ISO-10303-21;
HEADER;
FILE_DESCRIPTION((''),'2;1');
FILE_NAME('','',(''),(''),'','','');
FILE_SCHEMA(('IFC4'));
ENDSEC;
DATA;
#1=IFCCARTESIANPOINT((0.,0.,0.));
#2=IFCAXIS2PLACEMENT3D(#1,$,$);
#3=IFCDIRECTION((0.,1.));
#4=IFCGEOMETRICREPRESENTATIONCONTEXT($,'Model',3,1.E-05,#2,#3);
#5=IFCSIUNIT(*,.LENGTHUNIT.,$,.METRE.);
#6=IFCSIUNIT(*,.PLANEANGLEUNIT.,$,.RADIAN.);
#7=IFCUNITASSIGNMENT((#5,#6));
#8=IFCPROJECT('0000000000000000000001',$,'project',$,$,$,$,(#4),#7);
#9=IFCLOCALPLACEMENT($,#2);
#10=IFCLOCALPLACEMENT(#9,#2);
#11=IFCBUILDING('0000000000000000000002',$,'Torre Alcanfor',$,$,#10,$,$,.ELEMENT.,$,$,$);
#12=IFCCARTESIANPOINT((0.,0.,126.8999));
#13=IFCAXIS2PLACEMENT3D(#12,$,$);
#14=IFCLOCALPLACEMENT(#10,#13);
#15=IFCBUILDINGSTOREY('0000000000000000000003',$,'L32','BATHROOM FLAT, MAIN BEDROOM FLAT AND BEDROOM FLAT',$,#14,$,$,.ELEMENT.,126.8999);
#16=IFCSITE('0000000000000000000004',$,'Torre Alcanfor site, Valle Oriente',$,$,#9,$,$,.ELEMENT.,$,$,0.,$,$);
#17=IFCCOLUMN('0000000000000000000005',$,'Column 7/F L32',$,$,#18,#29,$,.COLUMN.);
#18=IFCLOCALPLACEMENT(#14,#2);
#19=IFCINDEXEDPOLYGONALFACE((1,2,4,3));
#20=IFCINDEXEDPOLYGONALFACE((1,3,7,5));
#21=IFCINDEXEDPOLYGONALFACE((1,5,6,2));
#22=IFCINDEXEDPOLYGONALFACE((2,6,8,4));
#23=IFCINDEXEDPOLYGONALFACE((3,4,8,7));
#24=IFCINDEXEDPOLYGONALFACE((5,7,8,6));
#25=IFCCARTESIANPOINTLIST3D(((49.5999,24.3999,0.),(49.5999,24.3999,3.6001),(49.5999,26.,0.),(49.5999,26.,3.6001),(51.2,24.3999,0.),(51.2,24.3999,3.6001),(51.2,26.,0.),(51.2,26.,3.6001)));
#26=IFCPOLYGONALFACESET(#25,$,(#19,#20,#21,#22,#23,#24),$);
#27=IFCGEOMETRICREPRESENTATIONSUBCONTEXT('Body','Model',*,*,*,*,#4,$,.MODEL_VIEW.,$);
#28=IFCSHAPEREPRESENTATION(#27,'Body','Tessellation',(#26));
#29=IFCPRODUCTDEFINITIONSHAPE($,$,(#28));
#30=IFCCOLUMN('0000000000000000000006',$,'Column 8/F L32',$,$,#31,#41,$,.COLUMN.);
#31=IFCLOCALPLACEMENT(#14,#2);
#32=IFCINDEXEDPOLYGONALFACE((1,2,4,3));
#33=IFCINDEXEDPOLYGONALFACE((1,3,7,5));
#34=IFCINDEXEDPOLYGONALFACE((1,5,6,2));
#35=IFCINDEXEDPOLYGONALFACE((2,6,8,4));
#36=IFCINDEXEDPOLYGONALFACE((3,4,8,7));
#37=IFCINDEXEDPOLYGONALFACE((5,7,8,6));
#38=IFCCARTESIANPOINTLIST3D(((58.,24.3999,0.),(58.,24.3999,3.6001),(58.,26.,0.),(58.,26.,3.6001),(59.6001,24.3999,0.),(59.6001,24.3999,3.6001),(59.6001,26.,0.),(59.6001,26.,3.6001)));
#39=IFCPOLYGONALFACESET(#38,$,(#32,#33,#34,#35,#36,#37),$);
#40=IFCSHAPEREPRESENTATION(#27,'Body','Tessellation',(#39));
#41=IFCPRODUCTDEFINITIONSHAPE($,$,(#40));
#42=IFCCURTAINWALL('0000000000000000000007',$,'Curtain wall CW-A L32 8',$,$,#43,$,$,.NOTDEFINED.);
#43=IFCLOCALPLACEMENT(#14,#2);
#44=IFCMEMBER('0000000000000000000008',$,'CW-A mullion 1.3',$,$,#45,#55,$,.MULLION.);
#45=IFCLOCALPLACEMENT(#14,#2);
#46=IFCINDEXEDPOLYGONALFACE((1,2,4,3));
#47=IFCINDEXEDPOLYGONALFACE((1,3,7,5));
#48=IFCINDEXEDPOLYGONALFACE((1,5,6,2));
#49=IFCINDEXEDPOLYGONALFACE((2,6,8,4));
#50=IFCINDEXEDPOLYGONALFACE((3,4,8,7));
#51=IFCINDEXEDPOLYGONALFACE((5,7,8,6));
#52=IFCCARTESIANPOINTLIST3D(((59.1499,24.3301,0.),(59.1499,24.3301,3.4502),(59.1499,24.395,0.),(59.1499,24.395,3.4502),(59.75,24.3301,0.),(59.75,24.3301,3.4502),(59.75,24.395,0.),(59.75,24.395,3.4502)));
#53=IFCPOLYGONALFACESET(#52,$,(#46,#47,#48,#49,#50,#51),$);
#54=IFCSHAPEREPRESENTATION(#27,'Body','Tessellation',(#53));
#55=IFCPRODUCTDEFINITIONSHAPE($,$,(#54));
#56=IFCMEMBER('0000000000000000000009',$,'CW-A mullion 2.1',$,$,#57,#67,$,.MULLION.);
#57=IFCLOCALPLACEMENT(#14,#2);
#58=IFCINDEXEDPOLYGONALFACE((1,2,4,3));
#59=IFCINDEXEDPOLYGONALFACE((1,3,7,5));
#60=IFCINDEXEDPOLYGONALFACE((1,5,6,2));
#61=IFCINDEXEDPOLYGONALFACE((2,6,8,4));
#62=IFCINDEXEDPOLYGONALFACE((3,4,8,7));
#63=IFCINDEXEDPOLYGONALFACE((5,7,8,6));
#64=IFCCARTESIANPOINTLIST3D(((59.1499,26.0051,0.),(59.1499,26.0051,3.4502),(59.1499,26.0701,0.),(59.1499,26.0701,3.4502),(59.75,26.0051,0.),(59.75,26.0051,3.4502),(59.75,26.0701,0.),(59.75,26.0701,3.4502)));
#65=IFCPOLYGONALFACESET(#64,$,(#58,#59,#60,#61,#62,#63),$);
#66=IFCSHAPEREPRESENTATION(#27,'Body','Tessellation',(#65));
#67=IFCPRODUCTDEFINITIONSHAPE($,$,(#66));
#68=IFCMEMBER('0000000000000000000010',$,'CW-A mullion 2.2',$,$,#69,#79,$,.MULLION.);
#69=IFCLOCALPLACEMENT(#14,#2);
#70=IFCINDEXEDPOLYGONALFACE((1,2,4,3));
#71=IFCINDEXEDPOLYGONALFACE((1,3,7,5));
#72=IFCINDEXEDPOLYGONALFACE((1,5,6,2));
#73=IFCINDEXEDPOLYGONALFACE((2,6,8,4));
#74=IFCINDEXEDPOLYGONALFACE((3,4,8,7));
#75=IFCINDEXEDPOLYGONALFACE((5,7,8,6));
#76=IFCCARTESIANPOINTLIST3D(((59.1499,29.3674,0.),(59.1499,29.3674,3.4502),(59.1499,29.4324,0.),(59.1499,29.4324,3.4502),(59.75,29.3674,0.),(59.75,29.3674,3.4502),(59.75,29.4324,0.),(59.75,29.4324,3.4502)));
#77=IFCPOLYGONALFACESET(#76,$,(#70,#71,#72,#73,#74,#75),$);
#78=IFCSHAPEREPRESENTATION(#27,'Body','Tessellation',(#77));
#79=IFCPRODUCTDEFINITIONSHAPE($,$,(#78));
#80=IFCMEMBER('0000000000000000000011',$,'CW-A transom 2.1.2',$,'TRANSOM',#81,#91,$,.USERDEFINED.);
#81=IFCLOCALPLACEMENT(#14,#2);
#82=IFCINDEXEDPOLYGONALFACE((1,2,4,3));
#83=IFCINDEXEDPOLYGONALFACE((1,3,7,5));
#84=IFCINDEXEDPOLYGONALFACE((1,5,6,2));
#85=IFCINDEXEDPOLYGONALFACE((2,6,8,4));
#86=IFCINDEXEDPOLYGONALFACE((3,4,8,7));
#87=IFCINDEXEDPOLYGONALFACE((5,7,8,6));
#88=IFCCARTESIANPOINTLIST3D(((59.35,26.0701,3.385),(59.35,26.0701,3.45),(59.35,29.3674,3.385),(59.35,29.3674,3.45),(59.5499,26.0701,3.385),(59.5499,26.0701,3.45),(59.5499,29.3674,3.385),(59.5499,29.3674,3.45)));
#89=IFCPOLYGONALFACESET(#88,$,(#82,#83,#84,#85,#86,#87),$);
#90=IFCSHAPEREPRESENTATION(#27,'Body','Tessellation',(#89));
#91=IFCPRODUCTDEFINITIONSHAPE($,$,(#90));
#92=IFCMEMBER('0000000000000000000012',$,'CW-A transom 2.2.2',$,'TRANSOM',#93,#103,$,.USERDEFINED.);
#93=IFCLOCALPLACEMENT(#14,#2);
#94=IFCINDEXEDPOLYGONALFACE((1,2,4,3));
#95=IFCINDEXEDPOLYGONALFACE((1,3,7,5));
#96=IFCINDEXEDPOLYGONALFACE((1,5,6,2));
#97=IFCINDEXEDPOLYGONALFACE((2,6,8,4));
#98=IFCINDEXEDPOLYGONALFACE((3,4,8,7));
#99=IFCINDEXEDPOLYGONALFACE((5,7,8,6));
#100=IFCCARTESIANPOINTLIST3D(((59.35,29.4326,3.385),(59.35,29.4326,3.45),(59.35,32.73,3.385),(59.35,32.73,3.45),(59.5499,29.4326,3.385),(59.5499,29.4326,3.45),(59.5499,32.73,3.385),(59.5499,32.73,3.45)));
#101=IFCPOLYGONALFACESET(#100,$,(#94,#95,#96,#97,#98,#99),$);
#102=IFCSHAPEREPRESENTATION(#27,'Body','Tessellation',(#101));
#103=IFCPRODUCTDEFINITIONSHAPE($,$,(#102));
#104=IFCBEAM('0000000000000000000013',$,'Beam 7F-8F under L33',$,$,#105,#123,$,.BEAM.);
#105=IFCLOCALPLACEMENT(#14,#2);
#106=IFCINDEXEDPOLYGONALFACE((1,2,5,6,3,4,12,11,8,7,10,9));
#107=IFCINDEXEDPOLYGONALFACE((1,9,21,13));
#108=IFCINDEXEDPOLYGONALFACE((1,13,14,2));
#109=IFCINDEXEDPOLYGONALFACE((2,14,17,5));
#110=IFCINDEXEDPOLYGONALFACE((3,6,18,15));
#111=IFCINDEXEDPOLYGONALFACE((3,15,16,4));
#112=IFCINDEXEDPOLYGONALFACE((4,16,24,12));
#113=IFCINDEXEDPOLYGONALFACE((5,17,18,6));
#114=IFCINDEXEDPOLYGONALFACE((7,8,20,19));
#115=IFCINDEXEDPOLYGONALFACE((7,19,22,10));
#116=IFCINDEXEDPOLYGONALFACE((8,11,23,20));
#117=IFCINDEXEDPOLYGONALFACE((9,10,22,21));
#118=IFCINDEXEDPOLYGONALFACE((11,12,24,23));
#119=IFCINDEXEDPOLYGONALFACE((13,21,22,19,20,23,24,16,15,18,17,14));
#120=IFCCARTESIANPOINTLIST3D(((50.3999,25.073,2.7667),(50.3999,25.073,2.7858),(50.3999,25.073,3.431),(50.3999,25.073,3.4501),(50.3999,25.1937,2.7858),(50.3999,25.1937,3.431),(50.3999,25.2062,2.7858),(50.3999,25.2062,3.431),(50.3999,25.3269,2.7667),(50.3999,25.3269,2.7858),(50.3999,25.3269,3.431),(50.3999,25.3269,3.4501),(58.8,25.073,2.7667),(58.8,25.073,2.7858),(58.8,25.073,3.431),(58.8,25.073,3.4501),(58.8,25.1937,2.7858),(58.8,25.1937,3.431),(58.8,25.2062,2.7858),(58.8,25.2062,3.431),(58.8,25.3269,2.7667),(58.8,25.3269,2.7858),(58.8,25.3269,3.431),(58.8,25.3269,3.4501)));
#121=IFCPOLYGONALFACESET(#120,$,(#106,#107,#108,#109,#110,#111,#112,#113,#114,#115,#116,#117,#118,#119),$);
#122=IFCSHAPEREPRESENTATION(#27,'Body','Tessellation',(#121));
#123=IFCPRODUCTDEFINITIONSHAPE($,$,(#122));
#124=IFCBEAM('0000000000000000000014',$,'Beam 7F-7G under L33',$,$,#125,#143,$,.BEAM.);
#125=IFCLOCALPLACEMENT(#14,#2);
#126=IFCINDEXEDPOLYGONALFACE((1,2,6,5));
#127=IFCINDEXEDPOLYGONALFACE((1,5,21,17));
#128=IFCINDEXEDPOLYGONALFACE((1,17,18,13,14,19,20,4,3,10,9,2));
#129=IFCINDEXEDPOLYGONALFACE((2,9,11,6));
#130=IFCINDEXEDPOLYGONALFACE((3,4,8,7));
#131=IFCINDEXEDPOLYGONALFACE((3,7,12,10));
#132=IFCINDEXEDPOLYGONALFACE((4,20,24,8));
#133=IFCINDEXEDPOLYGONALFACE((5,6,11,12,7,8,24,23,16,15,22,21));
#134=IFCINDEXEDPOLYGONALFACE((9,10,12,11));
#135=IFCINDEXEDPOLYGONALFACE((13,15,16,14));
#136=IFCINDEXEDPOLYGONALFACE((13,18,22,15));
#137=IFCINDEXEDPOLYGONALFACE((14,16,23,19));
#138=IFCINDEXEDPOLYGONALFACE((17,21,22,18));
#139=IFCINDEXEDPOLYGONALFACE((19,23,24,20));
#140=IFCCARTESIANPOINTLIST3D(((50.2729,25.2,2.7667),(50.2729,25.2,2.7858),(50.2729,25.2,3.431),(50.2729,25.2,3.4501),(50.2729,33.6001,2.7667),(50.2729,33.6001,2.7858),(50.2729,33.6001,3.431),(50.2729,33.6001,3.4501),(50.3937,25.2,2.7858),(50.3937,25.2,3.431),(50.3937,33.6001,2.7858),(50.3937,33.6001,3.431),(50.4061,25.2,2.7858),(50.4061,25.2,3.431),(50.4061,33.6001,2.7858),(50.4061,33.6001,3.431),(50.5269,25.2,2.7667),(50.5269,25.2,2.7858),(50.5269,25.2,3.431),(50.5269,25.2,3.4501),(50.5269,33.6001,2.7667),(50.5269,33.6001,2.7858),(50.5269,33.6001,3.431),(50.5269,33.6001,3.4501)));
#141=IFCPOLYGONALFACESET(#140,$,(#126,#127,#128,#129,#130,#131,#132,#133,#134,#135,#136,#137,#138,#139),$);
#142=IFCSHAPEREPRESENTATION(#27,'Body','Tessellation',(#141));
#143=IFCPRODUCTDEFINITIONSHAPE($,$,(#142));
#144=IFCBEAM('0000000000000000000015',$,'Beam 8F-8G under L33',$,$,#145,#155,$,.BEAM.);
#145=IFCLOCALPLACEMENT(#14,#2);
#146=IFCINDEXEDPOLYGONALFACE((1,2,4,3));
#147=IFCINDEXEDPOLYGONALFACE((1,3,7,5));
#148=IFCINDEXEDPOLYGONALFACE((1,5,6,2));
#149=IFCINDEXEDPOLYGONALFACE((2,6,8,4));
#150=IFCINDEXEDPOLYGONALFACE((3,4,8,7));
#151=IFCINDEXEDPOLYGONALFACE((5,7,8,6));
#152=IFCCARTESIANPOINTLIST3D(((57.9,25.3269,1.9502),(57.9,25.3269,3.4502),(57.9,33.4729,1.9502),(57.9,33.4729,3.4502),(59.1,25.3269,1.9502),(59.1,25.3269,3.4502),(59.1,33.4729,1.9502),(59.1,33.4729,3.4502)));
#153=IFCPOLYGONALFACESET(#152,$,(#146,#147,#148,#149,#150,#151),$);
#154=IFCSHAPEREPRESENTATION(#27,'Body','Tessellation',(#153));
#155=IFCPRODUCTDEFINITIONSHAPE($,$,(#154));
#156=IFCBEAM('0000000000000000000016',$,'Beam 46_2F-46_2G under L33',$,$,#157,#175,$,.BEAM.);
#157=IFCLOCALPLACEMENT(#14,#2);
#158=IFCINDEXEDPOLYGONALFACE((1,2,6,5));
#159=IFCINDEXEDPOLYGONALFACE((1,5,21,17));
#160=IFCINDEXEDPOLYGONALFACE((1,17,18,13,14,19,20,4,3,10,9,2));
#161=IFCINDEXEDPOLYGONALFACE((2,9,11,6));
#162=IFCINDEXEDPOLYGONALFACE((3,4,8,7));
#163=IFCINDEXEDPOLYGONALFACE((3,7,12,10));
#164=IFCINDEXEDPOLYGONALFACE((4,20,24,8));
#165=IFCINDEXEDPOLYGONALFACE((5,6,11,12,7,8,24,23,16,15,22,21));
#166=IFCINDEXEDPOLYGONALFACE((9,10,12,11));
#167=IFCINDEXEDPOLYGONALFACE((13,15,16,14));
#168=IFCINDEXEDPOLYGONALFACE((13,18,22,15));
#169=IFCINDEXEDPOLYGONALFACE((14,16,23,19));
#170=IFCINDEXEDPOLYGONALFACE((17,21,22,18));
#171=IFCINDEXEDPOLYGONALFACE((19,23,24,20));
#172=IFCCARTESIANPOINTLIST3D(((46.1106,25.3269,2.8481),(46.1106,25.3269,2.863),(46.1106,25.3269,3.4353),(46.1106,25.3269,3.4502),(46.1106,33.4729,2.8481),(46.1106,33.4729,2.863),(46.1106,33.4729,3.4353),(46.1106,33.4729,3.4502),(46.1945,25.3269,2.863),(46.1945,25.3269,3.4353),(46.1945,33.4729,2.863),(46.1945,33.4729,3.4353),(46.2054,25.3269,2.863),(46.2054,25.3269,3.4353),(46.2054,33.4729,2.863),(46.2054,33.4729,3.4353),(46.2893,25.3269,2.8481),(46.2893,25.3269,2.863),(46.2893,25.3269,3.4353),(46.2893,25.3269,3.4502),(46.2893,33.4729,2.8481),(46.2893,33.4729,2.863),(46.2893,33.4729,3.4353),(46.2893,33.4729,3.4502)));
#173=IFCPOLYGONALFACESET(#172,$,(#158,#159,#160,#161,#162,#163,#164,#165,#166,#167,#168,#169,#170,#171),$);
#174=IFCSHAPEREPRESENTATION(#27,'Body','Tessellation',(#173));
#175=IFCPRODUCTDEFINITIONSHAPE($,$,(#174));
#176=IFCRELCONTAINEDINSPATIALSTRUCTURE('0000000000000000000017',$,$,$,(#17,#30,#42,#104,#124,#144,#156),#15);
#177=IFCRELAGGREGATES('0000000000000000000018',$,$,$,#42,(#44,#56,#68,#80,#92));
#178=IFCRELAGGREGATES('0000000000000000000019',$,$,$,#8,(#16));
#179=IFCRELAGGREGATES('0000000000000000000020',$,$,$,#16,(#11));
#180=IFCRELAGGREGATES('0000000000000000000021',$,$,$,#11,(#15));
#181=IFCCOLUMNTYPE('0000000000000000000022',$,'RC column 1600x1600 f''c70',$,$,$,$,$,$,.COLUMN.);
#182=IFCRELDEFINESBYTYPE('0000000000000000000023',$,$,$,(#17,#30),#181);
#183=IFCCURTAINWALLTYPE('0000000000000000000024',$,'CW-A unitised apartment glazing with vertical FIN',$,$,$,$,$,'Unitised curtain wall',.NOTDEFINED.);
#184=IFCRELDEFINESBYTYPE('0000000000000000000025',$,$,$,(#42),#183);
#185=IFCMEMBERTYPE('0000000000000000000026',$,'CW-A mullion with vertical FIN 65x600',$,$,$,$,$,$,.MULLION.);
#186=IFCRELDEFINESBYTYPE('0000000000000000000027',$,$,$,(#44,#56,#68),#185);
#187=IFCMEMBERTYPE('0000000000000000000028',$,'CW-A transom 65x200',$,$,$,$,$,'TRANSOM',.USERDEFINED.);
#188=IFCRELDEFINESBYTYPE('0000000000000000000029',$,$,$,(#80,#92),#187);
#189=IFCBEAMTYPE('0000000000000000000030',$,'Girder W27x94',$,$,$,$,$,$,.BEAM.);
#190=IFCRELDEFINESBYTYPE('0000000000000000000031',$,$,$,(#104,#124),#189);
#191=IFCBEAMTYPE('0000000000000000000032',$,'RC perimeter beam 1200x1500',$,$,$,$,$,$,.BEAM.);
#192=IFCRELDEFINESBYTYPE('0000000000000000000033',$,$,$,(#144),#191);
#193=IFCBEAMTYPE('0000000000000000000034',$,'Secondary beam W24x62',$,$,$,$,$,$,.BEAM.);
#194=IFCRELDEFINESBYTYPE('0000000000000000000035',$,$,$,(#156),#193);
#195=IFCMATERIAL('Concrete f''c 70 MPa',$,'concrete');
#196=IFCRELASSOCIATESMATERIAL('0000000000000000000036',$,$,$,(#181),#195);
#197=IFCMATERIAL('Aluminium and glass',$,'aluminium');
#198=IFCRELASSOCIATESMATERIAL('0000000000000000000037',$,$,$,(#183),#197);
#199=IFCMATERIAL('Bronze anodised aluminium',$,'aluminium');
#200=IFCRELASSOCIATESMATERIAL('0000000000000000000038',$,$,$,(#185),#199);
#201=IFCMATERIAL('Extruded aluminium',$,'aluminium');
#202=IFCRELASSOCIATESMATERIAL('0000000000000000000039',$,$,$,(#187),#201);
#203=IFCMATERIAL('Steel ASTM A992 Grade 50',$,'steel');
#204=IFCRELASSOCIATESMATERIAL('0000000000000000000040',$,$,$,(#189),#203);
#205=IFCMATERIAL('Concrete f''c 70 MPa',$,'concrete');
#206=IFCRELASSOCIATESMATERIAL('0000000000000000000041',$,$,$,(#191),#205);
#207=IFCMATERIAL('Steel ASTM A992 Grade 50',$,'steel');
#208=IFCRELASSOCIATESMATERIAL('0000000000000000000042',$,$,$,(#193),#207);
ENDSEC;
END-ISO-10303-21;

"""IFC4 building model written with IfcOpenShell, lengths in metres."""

from ifc_helpers import new_model, si_unit, direction, frame, origin, origin_2d, place, context, subcontext, project, spatial, rectangle, i_section, extrude, material, material_profile, profile_set, type_object, element, aggregate, save


model = new_model("IFC4")

# Units and contexts
model_context = context("Model", 3, precision=1e-05, world=origin(), true_north=direction((0.0, 1.0)))
body_context = subcontext(model_context, "Body", "Model", "MODEL_VIEW")
ifc_project = project(units=[si_unit("LENGTHUNIT", "METRE"), si_unit("PLANEANGLEUNIT", "RADIAN")], contexts=[model_context])

# Site, building, storey
site_placement = place(None, origin())
site = spatial("IfcSite", under=ifc_project, at=site_placement, Name="Torre Alcanfor site, Valle Oriente", CompositionType="ELEMENT", RefElevation=0.0)
building_placement = place(site_placement, origin())
building = spatial("IfcBuilding", under=site, at=building_placement, Name="Torre Alcanfor", CompositionType="ELEMENT")
storey_placement = place(building_placement, frame((0.0, 0.0, 126.8999)))
storey = spatial("IfcBuildingStorey", under=building, at=storey_placement, Name="L32", Description="BATHROOM FLAT, MAIN BEDROOM FLAT AND BEDROOM FLAT", CompositionType="ELEMENT", Elevation=126.8999)

# Columns
ifc_material_1 = material(Name="Concrete f'c 70 MPa", Category="concrete")
ifc_material_profile_1 = material_profile(ifc_material_1, rectangle(XDim=1.6001, YDim=1.6001, at=origin_2d()), Name="1600x1600")
ifc_profile_set_1 = profile_set([ifc_material_profile_1], Name="Concrete f'c 70 MPa")
column_type = type_object("IfcColumnType", Name="RC column 1600x1600 f'c70", PredefinedType="COLUMN", material=ifc_profile_set_1)
for number, where, z_axis, x_axis, name in (
    (1, (50.3999, 25.2, 0.0), (0.0, 0.0, 1.0), (1.0, 0.0, 0.0), "Column 7/F L32"),
    (2, (58.8, 25.2, 0.0), (0.0, 0.0, 1.0), (1.0, 0.0, 0.0), "Column 8/F L32"),
):
    element("IfcColumn", number, at=place(storey_placement, frame(where, z_axis=z_axis, x_axis=x_axis)), inside=storey, type_object=column_type, Name=name, PredefinedType="COLUMN", context=body_context, shape_type="SweptSolid", body=[
        extrude(rectangle(XDim=1.6001, YDim=1.6001, at=origin_2d()), origin(), (0.0, 0.0, 1.0), 3.6001),
    ])

# Curtain wall, members
ifc_material_2 = material(Name="Aluminium and glass", Category="aluminium")
curtain_wall_type = type_object("IfcCurtainWallType", Name="CW-A unitised apartment glazing with vertical FIN", ElementType="Unitised curtain wall", PredefinedType="NOTDEFINED", material=ifc_material_2)
curtain_wall_placement = place(storey_placement, origin())
curtain_wall = element("IfcCurtainWall", 3, at=curtain_wall_placement, inside=storey, type_object=curtain_wall_type, Name="Curtain wall CW-A L32 8", PredefinedType="NOTDEFINED")
ifc_material_3 = material(Name="Bronze anodised aluminium", Category="aluminium")
ifc_material_profile_2 = material_profile(ifc_material_3, rectangle(XDim=0.6001, YDim=0.0649, at=origin_2d()), Name="CW-A mullion 65x600")
ifc_profile_set_2 = profile_set([ifc_material_profile_2], Name="Bronze anodised aluminium")
member_type_1 = type_object("IfcMemberType", Name="CW-A mullion with vertical FIN 65x600", PredefinedType="MULLION", material=ifc_profile_set_2)
member_1_placement = place(storey_placement, frame((59.45, 24.3625, 0.0), z_axis=(0.0, 0.0, 1.0), x_axis=(-1.0, 0.0, 0.0)))
member_1 = element("IfcMember", 4, at=member_1_placement, type_object=member_type_1, Name="CW-A mullion 1.3", PredefinedType="MULLION", context=body_context, shape_type="SweptSolid", body=[
    extrude(rectangle(XDim=0.6001, YDim=0.0649, at=origin_2d()), origin(), (0.0, 0.0, 1.0), 3.4502),
])
member_2_placement = place(storey_placement, frame((59.45, 26.0376, 0.0), z_axis=(0.0, 0.0, 1.0), x_axis=(-1.0, 0.0, 0.0)))
member_2 = element("IfcMember", 5, at=member_2_placement, type_object=member_type_1, Name="CW-A mullion 2.1", PredefinedType="MULLION", context=body_context, shape_type="SweptSolid", body=[
    extrude(rectangle(XDim=0.6001, YDim=0.0649, at=origin_2d()), origin(), (0.0, 0.0, 1.0), 3.4502),
])
member_3_placement = place(storey_placement, frame((59.45, 29.3999, 0.0), z_axis=(0.0, 0.0, 1.0), x_axis=(-1.0, 0.0, 0.0)))
member_3 = element("IfcMember", 6, at=member_3_placement, type_object=member_type_1, Name="CW-A mullion 2.2", PredefinedType="MULLION", context=body_context, shape_type="SweptSolid", body=[
    extrude(rectangle(XDim=0.6001, YDim=0.0649, at=origin_2d()), origin(), (0.0, 0.0, 1.0), 3.4502),
])
ifc_material_4 = material(Name="Extruded aluminium", Category="aluminium")
ifc_material_profile_3 = material_profile(ifc_material_4, rectangle(XDim=0.2, YDim=0.0649, at=origin_2d()), Name="CW-A transom 200x65")
ifc_profile_set_3 = profile_set([ifc_material_profile_3], Name="Extruded aluminium")
member_type_2 = type_object("IfcMemberType", Name="CW-A transom 65x200", ElementType="TRANSOM", PredefinedType="USERDEFINED", material=ifc_profile_set_3)
member_4_placement = place(storey_placement, frame((59.45, 26.0701, 3.4175), z_axis=(0.0, 1.0, 0.0), x_axis=(-1.0, 0.0, 0.0)))
member_4 = element("IfcMember", 7, at=member_4_placement, type_object=member_type_2, Name="CW-A transom 2.1.2", ObjectType="TRANSOM", PredefinedType="USERDEFINED", context=body_context, shape_type="SweptSolid", body=[
    extrude(rectangle(XDim=0.2, YDim=0.0649, at=origin_2d()), origin(), (0.0, 0.0, 1.0), 3.2974),
])
member_5_placement = place(storey_placement, frame((59.45, 29.4326, 3.4175), z_axis=(0.0, 1.0, 0.0), x_axis=(-1.0, 0.0, 0.0)))
member_5 = element("IfcMember", 8, at=member_5_placement, type_object=member_type_2, Name="CW-A transom 2.2.2", ObjectType="TRANSOM", PredefinedType="USERDEFINED", context=body_context, shape_type="SweptSolid", body=[
    extrude(rectangle(XDim=0.2, YDim=0.0649, at=origin_2d()), origin(), (0.0, 0.0, 1.0), 3.2974),
])

# Beams
ifc_material_5 = material(Name="Steel ASTM A992 Grade 50", Category="steel")
ifc_material_profile_4 = material_profile(ifc_material_5, i_section(OverallWidth=0.2539, OverallDepth=0.6833, WebThickness=0.0125, FlangeThickness=0.019, at=origin_2d()), Name="W27x94")
ifc_profile_set_4 = profile_set([ifc_material_profile_4], Name="Steel ASTM A992 Grade 50")
beam_type_1 = type_object("IfcBeamType", Name="Girder W27x94", PredefinedType="BEAM", material=ifc_profile_set_4)
for number, where, z_axis, x_axis, name in (
    (9, (50.3999, 25.2, 3.1084), (1.0, 0.0, 0.0), (0.0, 1.0, 0.0), "Beam 7F-8F under L33"),
    (10, (50.3999, 25.2, 3.1084), (0.0, 1.0, 0.0), (-1.0, 0.0, 0.0), "Beam 7F-7G under L33"),
):
    element("IfcBeam", number, at=place(storey_placement, frame(where, z_axis=z_axis, x_axis=x_axis)), inside=storey, type_object=beam_type_1, Name=name, PredefinedType="BEAM", context=body_context, shape_type="SweptSolid", body=[
        extrude(i_section(OverallWidth=0.2539, OverallDepth=0.6833, WebThickness=0.0125, FlangeThickness=0.019, at=origin_2d()), origin(), (0.0, 0.0, 1.0), 8.4001),
    ])
ifc_material_6 = material(Name="Concrete f'c 70 MPa", Category="concrete")
ifc_material_profile_5 = material_profile(ifc_material_6, rectangle(XDim=1.2, YDim=1.5, at=origin_2d()), Name="1200x1500")
ifc_profile_set_5 = profile_set([ifc_material_profile_5], Name="Concrete f'c 70 MPa")
beam_type_2 = type_object("IfcBeamType", Name="RC perimeter beam 1200x1500", PredefinedType="BEAM", material=ifc_profile_set_5)
beam_placement = place(storey_placement, frame((58.5, 25.3269, 2.7002), z_axis=(0.0, 1.0, 0.0), x_axis=(-1.0, 0.0, 0.0)))
element("IfcBeam", 11, at=beam_placement, inside=storey, type_object=beam_type_2, Name="Beam 8F-8G under L33", PredefinedType="BEAM", context=body_context, shape_type="SweptSolid", body=[
    extrude(rectangle(XDim=1.2, YDim=1.5, at=origin_2d()), origin(), (0.0, 0.0, 1.0), 8.146),
])
ifc_material_7 = material(Name="Steel ASTM A992 Grade 50", Category="steel")
ifc_material_profile_6 = material_profile(ifc_material_7, i_section(OverallWidth=0.1787, OverallDepth=0.6021, WebThickness=0.011, FlangeThickness=0.0149, at=origin_2d()), Name="W24x62")
ifc_profile_set_6 = profile_set([ifc_material_profile_6], Name="Steel ASTM A992 Grade 50")
beam_type_3 = type_object("IfcBeamType", Name="Secondary beam W24x62", PredefinedType="BEAM", material=ifc_profile_set_6)
for number, where, z_axis, x_axis, name in (
    (12, (46.2, 25.3269, 3.1492), (0.0, 1.0, 0.0), (-1.0, 0.0, 0.0), "Beam 46_2F-46_2G under L33"),
):
    element("IfcBeam", number, at=place(storey_placement, frame(where, z_axis=z_axis, x_axis=x_axis)), inside=storey, type_object=beam_type_3, Name=name, PredefinedType="BEAM", context=body_context, shape_type="SweptSolid", body=[
        extrude(i_section(OverallWidth=0.1787, OverallDepth=0.6021, WebThickness=0.011, FlangeThickness=0.0149, at=origin_2d()), origin(), (0.0, 0.0, 1.0), 8.146),
    ])

aggregate(curtain_wall, [member_1, member_2, member_3, member_4, member_5])

save(model, "model.ifc")
